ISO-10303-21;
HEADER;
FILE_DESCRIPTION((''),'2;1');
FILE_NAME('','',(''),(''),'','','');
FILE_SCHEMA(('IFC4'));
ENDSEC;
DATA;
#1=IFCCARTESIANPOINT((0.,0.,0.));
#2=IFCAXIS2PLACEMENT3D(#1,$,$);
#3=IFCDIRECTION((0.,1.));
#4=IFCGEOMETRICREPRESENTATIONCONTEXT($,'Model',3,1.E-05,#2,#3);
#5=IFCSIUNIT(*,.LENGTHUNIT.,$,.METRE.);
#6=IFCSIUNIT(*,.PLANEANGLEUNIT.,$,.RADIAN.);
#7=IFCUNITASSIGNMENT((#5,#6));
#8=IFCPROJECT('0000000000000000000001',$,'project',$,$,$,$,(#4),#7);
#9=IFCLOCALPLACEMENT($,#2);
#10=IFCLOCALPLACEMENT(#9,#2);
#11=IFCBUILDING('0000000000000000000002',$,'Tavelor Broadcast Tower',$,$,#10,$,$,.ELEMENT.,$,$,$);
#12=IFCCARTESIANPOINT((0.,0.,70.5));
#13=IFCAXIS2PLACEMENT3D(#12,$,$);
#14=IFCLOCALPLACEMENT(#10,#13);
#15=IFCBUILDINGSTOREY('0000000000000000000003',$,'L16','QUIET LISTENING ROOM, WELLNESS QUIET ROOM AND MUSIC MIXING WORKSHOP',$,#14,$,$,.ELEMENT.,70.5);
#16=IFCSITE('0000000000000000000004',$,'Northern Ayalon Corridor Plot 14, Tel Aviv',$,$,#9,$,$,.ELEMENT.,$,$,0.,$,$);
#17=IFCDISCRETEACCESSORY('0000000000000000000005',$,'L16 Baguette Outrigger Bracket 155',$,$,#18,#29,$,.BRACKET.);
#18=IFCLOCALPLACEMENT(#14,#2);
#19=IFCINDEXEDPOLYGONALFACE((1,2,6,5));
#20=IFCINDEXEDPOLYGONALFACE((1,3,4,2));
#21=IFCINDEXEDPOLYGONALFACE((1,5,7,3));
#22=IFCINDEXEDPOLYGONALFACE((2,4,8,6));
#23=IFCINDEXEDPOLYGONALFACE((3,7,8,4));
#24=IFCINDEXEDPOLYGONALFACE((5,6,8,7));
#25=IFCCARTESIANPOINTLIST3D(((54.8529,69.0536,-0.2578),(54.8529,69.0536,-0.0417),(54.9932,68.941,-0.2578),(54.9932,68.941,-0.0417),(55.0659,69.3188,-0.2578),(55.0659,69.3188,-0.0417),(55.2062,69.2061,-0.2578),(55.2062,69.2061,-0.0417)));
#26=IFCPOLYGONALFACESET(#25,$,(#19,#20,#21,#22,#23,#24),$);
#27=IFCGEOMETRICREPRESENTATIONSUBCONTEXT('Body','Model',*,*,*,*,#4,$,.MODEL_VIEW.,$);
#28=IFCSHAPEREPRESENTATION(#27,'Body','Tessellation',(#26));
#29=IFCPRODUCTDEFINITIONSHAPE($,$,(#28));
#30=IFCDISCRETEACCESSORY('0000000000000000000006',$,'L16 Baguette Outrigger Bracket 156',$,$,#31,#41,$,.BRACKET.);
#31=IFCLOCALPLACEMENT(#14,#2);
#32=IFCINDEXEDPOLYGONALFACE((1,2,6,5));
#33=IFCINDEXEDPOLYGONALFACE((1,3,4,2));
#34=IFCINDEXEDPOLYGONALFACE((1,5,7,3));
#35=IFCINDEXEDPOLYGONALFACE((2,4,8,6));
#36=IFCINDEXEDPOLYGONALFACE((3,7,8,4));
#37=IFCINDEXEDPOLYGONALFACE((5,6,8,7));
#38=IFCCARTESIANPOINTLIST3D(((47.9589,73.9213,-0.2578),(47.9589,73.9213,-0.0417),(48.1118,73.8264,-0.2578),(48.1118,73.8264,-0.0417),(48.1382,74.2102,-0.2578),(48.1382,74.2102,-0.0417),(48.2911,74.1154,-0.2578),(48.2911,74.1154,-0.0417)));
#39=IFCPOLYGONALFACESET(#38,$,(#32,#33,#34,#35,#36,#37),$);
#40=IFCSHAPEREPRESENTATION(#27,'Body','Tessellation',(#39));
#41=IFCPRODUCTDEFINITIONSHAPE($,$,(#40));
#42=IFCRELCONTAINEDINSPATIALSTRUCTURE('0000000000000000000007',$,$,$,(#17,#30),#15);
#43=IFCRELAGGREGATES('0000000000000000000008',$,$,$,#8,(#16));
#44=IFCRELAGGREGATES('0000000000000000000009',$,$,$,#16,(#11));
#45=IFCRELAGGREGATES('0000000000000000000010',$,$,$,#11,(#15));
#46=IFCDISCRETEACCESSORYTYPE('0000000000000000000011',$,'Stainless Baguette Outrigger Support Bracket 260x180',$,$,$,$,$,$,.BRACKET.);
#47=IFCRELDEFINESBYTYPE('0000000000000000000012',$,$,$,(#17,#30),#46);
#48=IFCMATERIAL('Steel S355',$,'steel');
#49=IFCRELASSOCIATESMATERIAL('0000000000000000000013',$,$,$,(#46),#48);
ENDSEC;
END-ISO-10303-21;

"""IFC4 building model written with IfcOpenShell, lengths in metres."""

from ifc_helpers import new_model, si_unit, direction, frame, origin, origin_2d, place, context, subcontext, project, spatial, rectangle, extrude, source, transform, mapped, material, type_object, type_shapes, element, save


model = new_model("IFC4")

# Units and contexts
model_context = context("Model", 3, precision=1e-05, world=origin(), true_north=direction((0.0, 1.0)))
body_context = subcontext(model_context, "Body", "Model", "MODEL_VIEW")
ifc_project = project(units=[si_unit("LENGTHUNIT", "METRE"), si_unit("PLANEANGLEUNIT", "RADIAN")], contexts=[model_context])

# Site, building, storey
site_placement = place(None, origin())
site = spatial("IfcSite", under=ifc_project, at=site_placement, Name="Northern Ayalon Corridor Plot 14, Tel Aviv", CompositionType="ELEMENT", RefElevation=0.0)
building_placement = place(site_placement, origin())
building = spatial("IfcBuilding", under=site, at=building_placement, Name="Tavelor Broadcast Tower", CompositionType="ELEMENT")
storey_placement = place(building_placement, frame((0.0, 0.0, 70.5)))
storey = spatial("IfcBuildingStorey", under=building, at=storey_placement, Name="L16", Description="QUIET LISTENING ROOM, WELLNESS QUIET ROOM AND MUSIC MIXING WORKSHOP", CompositionType="ELEMENT", Elevation=70.5)

# Shared definitions
ifc_material_1 = material(Name="Steel S355", Category="steel")

# Discrete accessories
discrete_accessory_type = type_object("IfcDiscreteAccessoryType", Name="Stainless Baguette Outrigger Support Bracket 260x180", PredefinedType="BRACKET", material=ifc_material_1)
shared_shape_1 = source(origin(), body_context, "Body", "SweptSolid", [
    extrude(rectangle(XDim=0.1799, YDim=0.3401, at=origin_2d()), origin(), (0.0, 0.0, 1.0), 0.2161),
])
type_shapes(discrete_accessory_type, [shared_shape_1])
for number, where, z_axis, x_axis, name in (
    (1, (55.0295, 69.1299, -0.2578), (0.0, 0.0, 1.0), (-0.779666, 0.626196, 0.0), "L16 Baguette Outrigger Bracket 155"),
    (2, (48.125, 74.0183, -0.2578), (0.0, 0.0, 1.0), (-0.849709, 0.527252, 0.0), "L16 Baguette Outrigger Bracket 156"),
):
    element("IfcDiscreteAccessory", number, at=place(storey_placement, frame(where, z_axis=z_axis, x_axis=x_axis)), inside=storey, type_object=discrete_accessory_type, Name=name, PredefinedType="BRACKET", context=body_context, shape_type="MappedRepresentation", body=[
        mapped(shared_shape_1, transform((0.0, 0.0, 0.0), scale=1.0)),
    ])

save(model, "model.ifc")
